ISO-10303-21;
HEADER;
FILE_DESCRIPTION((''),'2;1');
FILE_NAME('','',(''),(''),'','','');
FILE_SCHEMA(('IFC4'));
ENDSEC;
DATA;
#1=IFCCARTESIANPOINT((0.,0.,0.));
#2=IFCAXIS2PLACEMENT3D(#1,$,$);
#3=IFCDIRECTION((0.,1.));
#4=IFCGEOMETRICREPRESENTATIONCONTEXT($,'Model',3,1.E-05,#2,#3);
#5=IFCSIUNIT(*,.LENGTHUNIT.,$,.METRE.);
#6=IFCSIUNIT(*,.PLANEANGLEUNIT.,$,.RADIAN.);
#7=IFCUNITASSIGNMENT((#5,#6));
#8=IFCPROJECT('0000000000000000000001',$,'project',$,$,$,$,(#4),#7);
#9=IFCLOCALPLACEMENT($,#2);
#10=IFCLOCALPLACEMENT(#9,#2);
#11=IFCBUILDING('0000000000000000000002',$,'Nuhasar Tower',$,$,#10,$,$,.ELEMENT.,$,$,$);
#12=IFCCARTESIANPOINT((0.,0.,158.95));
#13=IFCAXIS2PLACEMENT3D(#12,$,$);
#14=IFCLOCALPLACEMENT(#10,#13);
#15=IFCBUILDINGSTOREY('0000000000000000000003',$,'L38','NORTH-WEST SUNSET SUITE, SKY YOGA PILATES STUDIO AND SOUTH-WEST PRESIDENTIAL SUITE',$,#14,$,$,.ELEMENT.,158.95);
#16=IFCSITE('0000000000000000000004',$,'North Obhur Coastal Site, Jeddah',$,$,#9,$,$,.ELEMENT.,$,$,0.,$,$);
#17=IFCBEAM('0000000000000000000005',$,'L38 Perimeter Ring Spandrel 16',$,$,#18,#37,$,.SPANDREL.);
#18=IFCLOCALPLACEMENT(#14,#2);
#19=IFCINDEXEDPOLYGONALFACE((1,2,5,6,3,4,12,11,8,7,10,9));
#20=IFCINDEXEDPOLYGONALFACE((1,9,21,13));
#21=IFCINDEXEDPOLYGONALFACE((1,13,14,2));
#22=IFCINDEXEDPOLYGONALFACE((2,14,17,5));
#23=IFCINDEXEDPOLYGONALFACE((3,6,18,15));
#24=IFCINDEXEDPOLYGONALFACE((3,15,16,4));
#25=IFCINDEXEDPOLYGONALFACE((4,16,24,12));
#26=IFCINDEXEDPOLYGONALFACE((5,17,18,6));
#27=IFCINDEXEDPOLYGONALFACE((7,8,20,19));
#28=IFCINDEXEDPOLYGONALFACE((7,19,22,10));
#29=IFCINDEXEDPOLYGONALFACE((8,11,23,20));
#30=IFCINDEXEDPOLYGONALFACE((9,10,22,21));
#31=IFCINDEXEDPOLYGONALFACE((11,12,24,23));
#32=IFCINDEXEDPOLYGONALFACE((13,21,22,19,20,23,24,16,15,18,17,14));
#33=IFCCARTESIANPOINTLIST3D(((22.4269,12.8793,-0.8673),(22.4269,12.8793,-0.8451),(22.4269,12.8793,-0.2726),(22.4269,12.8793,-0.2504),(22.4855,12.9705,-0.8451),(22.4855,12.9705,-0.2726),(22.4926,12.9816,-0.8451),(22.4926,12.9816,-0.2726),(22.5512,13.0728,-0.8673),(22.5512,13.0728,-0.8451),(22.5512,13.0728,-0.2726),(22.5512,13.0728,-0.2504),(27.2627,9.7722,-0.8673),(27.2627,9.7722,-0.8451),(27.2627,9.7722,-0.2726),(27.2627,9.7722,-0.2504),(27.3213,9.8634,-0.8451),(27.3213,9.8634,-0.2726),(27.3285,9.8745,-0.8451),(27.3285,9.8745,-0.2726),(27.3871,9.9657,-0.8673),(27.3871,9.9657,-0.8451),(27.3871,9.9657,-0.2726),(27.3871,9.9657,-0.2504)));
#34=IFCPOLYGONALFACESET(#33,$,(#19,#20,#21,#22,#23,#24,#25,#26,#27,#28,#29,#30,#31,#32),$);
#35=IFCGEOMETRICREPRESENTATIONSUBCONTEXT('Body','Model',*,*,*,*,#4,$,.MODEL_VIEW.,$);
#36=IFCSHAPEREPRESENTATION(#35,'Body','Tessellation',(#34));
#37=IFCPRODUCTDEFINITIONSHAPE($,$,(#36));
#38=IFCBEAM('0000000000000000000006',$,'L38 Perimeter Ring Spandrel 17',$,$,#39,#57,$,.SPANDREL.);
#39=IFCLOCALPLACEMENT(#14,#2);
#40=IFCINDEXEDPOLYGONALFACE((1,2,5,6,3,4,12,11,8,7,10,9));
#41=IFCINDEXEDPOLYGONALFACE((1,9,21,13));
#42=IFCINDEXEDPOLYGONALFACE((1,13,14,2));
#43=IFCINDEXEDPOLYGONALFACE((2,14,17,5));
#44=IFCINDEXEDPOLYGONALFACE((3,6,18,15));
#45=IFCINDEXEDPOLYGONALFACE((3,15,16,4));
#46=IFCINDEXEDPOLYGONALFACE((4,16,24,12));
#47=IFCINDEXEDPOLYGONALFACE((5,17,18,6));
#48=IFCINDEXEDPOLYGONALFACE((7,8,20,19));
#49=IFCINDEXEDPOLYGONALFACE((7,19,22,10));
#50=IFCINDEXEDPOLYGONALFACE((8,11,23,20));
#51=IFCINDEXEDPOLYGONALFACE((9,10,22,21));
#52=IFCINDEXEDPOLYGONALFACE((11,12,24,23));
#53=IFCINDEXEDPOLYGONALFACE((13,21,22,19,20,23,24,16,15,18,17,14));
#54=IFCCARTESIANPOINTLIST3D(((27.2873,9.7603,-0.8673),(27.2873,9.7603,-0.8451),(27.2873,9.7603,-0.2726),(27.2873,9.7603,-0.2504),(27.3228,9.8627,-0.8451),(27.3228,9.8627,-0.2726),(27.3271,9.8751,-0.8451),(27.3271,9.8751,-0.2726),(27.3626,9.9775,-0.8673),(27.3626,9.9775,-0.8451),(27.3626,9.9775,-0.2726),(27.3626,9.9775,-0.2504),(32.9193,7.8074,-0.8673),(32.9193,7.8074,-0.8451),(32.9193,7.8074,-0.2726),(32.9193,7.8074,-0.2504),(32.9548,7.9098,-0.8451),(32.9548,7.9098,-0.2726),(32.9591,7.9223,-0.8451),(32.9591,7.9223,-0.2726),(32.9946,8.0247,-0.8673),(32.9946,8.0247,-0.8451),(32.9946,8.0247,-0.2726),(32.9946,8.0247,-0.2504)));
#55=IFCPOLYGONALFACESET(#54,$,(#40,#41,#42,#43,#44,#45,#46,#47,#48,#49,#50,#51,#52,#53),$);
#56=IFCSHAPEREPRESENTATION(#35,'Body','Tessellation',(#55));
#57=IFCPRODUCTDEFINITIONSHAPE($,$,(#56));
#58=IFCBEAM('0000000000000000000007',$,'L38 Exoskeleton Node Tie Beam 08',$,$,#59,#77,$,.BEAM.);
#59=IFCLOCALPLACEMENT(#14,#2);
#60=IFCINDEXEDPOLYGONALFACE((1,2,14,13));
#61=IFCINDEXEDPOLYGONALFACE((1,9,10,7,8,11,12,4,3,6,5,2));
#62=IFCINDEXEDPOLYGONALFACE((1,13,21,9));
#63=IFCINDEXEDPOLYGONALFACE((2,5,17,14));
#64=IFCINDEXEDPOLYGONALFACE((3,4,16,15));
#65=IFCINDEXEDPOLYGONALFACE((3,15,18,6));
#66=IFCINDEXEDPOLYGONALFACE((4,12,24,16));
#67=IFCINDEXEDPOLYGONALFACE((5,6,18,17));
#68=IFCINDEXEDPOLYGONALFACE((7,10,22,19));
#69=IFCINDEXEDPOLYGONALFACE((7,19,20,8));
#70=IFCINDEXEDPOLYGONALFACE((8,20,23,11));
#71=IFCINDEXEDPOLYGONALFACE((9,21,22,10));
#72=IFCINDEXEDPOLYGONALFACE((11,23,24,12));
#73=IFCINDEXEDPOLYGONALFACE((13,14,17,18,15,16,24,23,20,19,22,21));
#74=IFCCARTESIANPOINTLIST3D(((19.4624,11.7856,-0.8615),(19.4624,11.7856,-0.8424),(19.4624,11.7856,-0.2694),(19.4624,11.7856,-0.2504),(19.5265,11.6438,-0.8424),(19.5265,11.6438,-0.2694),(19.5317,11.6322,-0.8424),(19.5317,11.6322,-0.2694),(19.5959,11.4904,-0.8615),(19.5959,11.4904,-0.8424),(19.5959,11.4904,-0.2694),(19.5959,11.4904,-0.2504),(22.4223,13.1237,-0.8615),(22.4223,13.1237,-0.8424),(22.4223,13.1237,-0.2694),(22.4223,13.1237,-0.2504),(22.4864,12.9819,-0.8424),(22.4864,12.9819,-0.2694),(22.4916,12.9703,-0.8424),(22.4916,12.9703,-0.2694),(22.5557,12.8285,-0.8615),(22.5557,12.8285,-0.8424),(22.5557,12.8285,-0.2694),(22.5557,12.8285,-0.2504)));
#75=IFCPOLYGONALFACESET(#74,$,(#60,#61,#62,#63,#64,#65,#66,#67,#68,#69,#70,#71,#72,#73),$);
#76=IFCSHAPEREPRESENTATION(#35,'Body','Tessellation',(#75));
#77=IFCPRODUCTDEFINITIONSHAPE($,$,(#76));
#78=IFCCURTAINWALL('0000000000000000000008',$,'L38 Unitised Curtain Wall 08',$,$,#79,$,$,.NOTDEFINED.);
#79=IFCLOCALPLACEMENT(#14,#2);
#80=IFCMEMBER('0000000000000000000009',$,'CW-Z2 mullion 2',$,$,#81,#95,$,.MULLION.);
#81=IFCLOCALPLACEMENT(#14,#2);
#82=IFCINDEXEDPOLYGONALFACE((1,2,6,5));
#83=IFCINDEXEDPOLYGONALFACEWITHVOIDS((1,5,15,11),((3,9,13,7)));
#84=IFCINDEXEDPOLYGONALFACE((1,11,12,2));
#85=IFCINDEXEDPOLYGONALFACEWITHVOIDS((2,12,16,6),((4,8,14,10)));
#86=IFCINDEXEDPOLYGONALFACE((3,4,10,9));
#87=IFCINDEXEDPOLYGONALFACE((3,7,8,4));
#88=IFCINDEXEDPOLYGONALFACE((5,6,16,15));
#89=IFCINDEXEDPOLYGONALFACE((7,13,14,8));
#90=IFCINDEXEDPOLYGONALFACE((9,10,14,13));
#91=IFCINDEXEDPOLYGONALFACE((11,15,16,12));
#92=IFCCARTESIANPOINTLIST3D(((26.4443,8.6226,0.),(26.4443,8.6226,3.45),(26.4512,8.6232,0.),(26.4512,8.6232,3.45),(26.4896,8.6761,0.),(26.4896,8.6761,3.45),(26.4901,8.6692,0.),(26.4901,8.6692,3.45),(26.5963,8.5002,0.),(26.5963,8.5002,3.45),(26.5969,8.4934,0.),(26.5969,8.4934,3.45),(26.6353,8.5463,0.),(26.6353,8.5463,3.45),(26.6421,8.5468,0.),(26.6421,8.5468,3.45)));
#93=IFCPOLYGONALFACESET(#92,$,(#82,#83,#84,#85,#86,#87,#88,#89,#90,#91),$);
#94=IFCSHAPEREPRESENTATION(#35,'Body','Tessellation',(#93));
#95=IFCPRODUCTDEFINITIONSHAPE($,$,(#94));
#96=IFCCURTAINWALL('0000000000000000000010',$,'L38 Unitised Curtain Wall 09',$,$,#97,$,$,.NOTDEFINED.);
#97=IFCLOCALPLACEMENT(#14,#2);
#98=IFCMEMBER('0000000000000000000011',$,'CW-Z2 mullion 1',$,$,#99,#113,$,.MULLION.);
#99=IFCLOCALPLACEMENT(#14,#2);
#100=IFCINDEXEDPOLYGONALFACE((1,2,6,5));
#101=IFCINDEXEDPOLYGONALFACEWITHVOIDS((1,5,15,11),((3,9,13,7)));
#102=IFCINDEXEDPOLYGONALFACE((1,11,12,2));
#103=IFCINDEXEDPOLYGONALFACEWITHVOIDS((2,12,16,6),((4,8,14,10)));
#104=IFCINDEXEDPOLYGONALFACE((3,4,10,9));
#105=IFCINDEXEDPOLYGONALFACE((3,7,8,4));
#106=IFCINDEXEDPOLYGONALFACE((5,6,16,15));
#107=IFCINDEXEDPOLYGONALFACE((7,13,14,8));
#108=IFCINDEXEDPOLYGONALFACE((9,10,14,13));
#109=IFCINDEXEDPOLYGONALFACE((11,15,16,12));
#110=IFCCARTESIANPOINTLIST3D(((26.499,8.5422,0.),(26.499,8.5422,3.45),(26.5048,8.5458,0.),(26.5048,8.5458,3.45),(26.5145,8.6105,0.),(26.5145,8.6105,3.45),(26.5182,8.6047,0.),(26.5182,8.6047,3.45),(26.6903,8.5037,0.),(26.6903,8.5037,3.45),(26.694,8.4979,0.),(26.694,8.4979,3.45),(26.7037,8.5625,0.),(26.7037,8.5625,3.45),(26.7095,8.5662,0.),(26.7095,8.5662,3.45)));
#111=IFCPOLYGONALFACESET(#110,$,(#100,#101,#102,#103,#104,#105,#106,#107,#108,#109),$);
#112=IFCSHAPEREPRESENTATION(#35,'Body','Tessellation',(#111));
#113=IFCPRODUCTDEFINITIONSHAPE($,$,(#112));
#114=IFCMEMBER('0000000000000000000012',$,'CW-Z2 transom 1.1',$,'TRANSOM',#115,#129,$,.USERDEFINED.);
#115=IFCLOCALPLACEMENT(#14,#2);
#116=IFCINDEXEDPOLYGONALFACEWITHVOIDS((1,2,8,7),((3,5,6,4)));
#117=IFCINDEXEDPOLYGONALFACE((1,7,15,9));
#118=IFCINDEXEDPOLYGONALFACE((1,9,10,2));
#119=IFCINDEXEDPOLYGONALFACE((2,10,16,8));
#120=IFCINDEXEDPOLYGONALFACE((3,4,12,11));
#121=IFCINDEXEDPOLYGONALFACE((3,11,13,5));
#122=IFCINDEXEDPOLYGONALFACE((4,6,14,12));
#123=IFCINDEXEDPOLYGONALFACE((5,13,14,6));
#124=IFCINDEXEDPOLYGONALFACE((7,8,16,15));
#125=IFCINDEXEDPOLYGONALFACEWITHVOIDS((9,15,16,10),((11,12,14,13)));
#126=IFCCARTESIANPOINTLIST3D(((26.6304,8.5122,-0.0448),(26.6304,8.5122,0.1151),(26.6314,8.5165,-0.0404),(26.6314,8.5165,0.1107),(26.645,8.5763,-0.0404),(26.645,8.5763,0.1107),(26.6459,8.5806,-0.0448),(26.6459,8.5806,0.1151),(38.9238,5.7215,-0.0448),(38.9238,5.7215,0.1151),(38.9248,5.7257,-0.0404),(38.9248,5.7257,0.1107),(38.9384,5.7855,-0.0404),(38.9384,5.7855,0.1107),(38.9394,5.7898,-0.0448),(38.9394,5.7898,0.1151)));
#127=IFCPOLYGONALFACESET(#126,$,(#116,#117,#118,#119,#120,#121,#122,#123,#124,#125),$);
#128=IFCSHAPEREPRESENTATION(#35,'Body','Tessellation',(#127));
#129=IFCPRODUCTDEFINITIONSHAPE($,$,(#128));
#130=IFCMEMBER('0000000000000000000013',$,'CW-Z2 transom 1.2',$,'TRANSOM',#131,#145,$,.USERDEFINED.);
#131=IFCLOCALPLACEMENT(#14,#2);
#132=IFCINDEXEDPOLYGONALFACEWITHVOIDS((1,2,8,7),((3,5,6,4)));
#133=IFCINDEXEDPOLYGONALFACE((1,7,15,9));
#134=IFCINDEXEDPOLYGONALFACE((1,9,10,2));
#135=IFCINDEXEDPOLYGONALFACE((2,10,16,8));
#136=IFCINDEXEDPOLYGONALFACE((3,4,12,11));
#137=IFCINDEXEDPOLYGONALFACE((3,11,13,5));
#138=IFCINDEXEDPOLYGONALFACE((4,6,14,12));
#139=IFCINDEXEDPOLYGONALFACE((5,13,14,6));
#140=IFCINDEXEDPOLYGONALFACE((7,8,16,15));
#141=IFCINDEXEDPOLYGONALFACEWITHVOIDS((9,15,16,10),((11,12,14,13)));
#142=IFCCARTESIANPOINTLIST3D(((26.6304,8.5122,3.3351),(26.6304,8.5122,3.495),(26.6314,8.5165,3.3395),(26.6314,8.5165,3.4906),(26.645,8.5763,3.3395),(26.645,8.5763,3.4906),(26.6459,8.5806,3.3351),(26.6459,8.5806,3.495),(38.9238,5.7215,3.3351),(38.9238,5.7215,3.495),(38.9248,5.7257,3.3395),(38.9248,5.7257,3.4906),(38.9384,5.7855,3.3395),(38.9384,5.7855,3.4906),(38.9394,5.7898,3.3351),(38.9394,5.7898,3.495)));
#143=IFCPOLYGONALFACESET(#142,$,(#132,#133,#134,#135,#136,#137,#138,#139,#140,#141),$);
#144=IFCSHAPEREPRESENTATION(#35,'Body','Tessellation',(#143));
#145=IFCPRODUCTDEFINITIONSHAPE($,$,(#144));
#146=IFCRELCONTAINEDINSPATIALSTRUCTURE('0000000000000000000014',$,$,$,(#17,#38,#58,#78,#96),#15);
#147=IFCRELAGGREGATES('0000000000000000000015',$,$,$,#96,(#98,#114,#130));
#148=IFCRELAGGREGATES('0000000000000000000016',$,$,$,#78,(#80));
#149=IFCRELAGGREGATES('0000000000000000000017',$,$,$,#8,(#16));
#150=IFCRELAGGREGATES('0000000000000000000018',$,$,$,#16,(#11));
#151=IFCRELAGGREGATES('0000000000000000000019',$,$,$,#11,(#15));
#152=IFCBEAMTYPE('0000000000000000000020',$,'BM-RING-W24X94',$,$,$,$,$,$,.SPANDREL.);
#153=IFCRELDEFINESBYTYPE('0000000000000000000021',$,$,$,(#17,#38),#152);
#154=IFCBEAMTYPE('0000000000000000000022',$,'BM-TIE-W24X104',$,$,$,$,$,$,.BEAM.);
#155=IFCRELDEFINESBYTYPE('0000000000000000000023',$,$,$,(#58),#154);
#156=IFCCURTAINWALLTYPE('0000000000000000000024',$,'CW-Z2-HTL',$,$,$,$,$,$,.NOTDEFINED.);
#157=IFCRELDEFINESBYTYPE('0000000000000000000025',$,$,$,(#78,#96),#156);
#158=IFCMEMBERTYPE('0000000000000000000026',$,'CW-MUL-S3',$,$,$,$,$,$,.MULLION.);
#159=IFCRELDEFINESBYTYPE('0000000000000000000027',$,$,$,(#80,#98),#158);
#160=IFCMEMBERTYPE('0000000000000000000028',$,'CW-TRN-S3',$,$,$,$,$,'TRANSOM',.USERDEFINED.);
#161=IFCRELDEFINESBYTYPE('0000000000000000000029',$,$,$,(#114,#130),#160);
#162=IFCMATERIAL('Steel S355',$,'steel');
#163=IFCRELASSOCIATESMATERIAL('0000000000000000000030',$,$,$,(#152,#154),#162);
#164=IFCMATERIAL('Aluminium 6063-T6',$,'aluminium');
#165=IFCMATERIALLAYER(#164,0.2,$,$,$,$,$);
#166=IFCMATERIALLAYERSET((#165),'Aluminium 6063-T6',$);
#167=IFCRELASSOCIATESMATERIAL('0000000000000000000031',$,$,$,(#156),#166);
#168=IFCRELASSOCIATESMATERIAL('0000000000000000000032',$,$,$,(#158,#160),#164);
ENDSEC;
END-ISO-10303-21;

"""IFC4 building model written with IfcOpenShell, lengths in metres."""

from ifc_helpers import new_model, si_unit, direction, frame, origin, origin_2d, place, context, subcontext, project, spatial, hollow_rectangle, i_section, extrude, material, layer, layer_set, material_profile, profile_set, type_object, element, aggregate, save


model = new_model("IFC4")

# Units and contexts
model_context = context("Model", 3, precision=1e-05, world=origin(), true_north=direction((0.0, 1.0)))
body_context = subcontext(model_context, "Body", "Model", "MODEL_VIEW")
ifc_project = project(units=[si_unit("LENGTHUNIT", "METRE"), si_unit("PLANEANGLEUNIT", "RADIAN")], contexts=[model_context])

# Site, building, storey
site_placement = place(None, origin())
site = spatial("IfcSite", under=ifc_project, at=site_placement, Name="North Obhur Coastal Site, Jeddah", CompositionType="ELEMENT", RefElevation=0.0)
building_placement = place(site_placement, origin())
building = spatial("IfcBuilding", under=site, at=building_placement, Name="Nuhasar Tower", CompositionType="ELEMENT")
storey_placement = place(building_placement, frame((0.0, 0.0, 158.95)))
storey = spatial("IfcBuildingStorey", under=building, at=storey_placement, Name="L38", Description="NORTH-WEST SUNSET SUITE, SKY YOGA PILATES STUDIO AND SOUTH-WEST PRESIDENTIAL SUITE", CompositionType="ELEMENT", Elevation=158.95)

# Beams
ifc_material_1 = material(Name="Steel S355", Category="steel")
ifc_material_profile_1 = material_profile(ifc_material_1, i_section(OverallWidth=0.23, OverallDepth=0.6169, WebThickness=0.0132, FlangeThickness=0.0222, at=origin_2d()), Name="W24X94")
ifc_profile_set_1 = profile_set([ifc_material_profile_1], Name="Steel S355")
beam_type_1 = type_object("IfcBeamType", Name="BM-RING-W24X94", PredefinedType="SPANDREL", material=ifc_profile_set_1)
beam_1_placement = place(storey_placement, frame((22.489, 12.9761, -0.5588), z_axis=(0.841308, -0.540556, 0.0), x_axis=(0.540556, 0.841308, 0.0)))
element("IfcBeam", 1, at=beam_1_placement, inside=storey, type_object=beam_type_1, Name="L38 Perimeter Ring Spandrel 16", PredefinedType="SPANDREL", context=body_context, shape_type="SweptSolid", body=[
    extrude(i_section(OverallWidth=0.23, OverallDepth=0.6169, WebThickness=0.0132, FlangeThickness=0.0222, at=origin_2d()), origin(), (0.0, 0.0, 1.0), 5.748),
])
beam_2_placement = place(storey_placement, frame((27.325, 9.8689, -0.5588), z_axis=(0.944814, -0.327607, 0.0), x_axis=(0.327607, 0.944814, 0.0)))
element("IfcBeam", 2, at=beam_2_placement, inside=storey, type_object=beam_type_1, Name="L38 Perimeter Ring Spandrel 17", PredefinedType="SPANDREL", context=body_context, shape_type="SweptSolid", body=[
    extrude(i_section(OverallWidth=0.23, OverallDepth=0.6169, WebThickness=0.0132, FlangeThickness=0.0222, at=origin_2d()), origin(), (0.0, 0.0, 1.0), 5.9609),
])
ifc_material_profile_2 = material_profile(ifc_material_1, i_section(OverallWidth=0.324, OverallDepth=0.6111, WebThickness=0.0127, FlangeThickness=0.019, at=origin_2d()), Name="W24X104")
ifc_profile_set_2 = profile_set([ifc_material_profile_2], Name="Steel S355")
beam_type_2 = type_object("IfcBeamType", Name="BM-TIE-W24X104", PredefinedType="BEAM", material=ifc_profile_set_2)
beam_3_placement = place(storey_placement, frame((22.489, 12.9761, -0.5559), z_axis=(-0.911211, -0.411939, 0.0), x_axis=(0.411939, -0.911211, 0.0)))
element("IfcBeam", 3, at=beam_3_placement, inside=storey, type_object=beam_type_2, Name="L38 Exoskeleton Node Tie Beam 08", PredefinedType="BEAM", context=body_context, shape_type="SweptSolid", body=[
    extrude(i_section(OverallWidth=0.324, OverallDepth=0.6111, WebThickness=0.0127, FlangeThickness=0.019, at=origin_2d()), origin(), (0.0, 0.0, 1.0), 3.2483),
])

# Curtain wall, member
ifc_material_2 = material(Name="Aluminium 6063-T6", Category="aluminium")
ifc_layer_1 = layer(ifc_material_2, 0.2)
ifc_layer_set_1 = layer_set([ifc_layer_1], Name="Aluminium 6063-T6")
curtain_wall_type = type_object("IfcCurtainWallType", Name="CW-Z2-HTL", PredefinedType="NOTDEFINED", material=ifc_layer_set_1)
curtain_wall_1_placement = place(storey_placement, origin())
curtain_wall_1 = element("IfcCurtainWall", 4, at=curtain_wall_1_placement, inside=storey, type_object=curtain_wall_type, Name="L38 Unitised Curtain Wall 08", PredefinedType="NOTDEFINED")
ifc_material_profile_3 = material_profile(ifc_material_2, hollow_rectangle(XDim=0.0701, YDim=0.2, WallThickness=0.0049, at=origin_2d()), Name="CWM-3")
ifc_profile_set_3 = profile_set([ifc_material_profile_3], Name="Aluminium 6063-T6")
member_type_1 = type_object("IfcMemberType", Name="CW-MUL-S3", PredefinedType="MULLION", material=ifc_profile_set_3)
member_1_placement = place(storey_placement, frame((26.5432, 8.5847, 0.0), z_axis=(0.0, 0.0, 1.0), x_axis=(0.646374, 0.76302, 0.0)))
member_1 = element("IfcMember", 5, at=member_1_placement, type_object=member_type_1, Name="CW-Z2 mullion 2", PredefinedType="MULLION", context=body_context, shape_type="SweptSolid", body=[
    extrude(hollow_rectangle(XDim=0.0701, YDim=0.2, WallThickness=0.0049, at=origin_2d()), origin(), (0.0, 0.0, 1.0), 3.45),
])

# Curtain wall, members
curtain_wall_2_placement = place(storey_placement, origin())
curtain_wall_2 = element("IfcCurtainWall", 6, at=curtain_wall_2_placement, inside=storey, type_object=curtain_wall_type, Name="L38 Unitised Curtain Wall 09", PredefinedType="NOTDEFINED")
member_2_placement = place(storey_placement, frame((26.6042, 8.5542, 0.0), z_axis=(0.0, 0.0, 1.0), x_axis=(0.221397, 0.975184, 0.0)))
member_2 = element("IfcMember", 7, at=member_2_placement, type_object=member_type_1, Name="CW-Z2 mullion 1", PredefinedType="MULLION", context=body_context, shape_type="SweptSolid", body=[
    extrude(hollow_rectangle(XDim=0.0701, YDim=0.2, WallThickness=0.0049, at=origin_2d()), origin(), (0.0, 0.0, 1.0), 3.45),
])
ifc_material_profile_4 = material_profile(ifc_material_2, hollow_rectangle(XDim=0.0701, YDim=0.1599, WallThickness=0.0044, at=origin_2d()), Name="CWT-3")
ifc_profile_set_4 = profile_set([ifc_material_profile_4], Name="Aluminium 6063-T6")
member_type_2 = type_object("IfcMemberType", Name="CW-TRN-S3", ElementType="TRANSOM", PredefinedType="USERDEFINED", material=ifc_profile_set_4)
member_3_placement = place(storey_placement, frame((26.6382, 8.5464, 0.0352), z_axis=(0.975188, -0.22138, 0.0), x_axis=(0.22138, 0.975188, 0.0)))
member_3 = element("IfcMember", 8, at=member_3_placement, type_object=member_type_2, Name="CW-Z2 transom 1.1", ObjectType="TRANSOM", PredefinedType="USERDEFINED", context=body_context, shape_type="SweptSolid", body=[
    extrude(hollow_rectangle(XDim=0.0701, YDim=0.1599, WallThickness=0.0044, at=origin_2d()), origin(), (0.0, 0.0, 1.0), 12.6062),
])
member_4_placement = place(storey_placement, frame((26.6382, 8.5464, 3.415), z_axis=(0.975188, -0.22138, 0.0), x_axis=(0.22138, 0.975188, 0.0)))
member_4 = element("IfcMember", 9, at=member_4_placement, type_object=member_type_2, Name="CW-Z2 transom 1.2", ObjectType="TRANSOM", PredefinedType="USERDEFINED", context=body_context, shape_type="SweptSolid", body=[
    extrude(hollow_rectangle(XDim=0.0701, YDim=0.1599, WallThickness=0.0044, at=origin_2d()), origin(), (0.0, 0.0, 1.0), 12.6062),
])
aggregate(curtain_wall_2, [member_2, member_3, member_4])

aggregate(curtain_wall_1, [member_1])

save(model, "model.ifc")
